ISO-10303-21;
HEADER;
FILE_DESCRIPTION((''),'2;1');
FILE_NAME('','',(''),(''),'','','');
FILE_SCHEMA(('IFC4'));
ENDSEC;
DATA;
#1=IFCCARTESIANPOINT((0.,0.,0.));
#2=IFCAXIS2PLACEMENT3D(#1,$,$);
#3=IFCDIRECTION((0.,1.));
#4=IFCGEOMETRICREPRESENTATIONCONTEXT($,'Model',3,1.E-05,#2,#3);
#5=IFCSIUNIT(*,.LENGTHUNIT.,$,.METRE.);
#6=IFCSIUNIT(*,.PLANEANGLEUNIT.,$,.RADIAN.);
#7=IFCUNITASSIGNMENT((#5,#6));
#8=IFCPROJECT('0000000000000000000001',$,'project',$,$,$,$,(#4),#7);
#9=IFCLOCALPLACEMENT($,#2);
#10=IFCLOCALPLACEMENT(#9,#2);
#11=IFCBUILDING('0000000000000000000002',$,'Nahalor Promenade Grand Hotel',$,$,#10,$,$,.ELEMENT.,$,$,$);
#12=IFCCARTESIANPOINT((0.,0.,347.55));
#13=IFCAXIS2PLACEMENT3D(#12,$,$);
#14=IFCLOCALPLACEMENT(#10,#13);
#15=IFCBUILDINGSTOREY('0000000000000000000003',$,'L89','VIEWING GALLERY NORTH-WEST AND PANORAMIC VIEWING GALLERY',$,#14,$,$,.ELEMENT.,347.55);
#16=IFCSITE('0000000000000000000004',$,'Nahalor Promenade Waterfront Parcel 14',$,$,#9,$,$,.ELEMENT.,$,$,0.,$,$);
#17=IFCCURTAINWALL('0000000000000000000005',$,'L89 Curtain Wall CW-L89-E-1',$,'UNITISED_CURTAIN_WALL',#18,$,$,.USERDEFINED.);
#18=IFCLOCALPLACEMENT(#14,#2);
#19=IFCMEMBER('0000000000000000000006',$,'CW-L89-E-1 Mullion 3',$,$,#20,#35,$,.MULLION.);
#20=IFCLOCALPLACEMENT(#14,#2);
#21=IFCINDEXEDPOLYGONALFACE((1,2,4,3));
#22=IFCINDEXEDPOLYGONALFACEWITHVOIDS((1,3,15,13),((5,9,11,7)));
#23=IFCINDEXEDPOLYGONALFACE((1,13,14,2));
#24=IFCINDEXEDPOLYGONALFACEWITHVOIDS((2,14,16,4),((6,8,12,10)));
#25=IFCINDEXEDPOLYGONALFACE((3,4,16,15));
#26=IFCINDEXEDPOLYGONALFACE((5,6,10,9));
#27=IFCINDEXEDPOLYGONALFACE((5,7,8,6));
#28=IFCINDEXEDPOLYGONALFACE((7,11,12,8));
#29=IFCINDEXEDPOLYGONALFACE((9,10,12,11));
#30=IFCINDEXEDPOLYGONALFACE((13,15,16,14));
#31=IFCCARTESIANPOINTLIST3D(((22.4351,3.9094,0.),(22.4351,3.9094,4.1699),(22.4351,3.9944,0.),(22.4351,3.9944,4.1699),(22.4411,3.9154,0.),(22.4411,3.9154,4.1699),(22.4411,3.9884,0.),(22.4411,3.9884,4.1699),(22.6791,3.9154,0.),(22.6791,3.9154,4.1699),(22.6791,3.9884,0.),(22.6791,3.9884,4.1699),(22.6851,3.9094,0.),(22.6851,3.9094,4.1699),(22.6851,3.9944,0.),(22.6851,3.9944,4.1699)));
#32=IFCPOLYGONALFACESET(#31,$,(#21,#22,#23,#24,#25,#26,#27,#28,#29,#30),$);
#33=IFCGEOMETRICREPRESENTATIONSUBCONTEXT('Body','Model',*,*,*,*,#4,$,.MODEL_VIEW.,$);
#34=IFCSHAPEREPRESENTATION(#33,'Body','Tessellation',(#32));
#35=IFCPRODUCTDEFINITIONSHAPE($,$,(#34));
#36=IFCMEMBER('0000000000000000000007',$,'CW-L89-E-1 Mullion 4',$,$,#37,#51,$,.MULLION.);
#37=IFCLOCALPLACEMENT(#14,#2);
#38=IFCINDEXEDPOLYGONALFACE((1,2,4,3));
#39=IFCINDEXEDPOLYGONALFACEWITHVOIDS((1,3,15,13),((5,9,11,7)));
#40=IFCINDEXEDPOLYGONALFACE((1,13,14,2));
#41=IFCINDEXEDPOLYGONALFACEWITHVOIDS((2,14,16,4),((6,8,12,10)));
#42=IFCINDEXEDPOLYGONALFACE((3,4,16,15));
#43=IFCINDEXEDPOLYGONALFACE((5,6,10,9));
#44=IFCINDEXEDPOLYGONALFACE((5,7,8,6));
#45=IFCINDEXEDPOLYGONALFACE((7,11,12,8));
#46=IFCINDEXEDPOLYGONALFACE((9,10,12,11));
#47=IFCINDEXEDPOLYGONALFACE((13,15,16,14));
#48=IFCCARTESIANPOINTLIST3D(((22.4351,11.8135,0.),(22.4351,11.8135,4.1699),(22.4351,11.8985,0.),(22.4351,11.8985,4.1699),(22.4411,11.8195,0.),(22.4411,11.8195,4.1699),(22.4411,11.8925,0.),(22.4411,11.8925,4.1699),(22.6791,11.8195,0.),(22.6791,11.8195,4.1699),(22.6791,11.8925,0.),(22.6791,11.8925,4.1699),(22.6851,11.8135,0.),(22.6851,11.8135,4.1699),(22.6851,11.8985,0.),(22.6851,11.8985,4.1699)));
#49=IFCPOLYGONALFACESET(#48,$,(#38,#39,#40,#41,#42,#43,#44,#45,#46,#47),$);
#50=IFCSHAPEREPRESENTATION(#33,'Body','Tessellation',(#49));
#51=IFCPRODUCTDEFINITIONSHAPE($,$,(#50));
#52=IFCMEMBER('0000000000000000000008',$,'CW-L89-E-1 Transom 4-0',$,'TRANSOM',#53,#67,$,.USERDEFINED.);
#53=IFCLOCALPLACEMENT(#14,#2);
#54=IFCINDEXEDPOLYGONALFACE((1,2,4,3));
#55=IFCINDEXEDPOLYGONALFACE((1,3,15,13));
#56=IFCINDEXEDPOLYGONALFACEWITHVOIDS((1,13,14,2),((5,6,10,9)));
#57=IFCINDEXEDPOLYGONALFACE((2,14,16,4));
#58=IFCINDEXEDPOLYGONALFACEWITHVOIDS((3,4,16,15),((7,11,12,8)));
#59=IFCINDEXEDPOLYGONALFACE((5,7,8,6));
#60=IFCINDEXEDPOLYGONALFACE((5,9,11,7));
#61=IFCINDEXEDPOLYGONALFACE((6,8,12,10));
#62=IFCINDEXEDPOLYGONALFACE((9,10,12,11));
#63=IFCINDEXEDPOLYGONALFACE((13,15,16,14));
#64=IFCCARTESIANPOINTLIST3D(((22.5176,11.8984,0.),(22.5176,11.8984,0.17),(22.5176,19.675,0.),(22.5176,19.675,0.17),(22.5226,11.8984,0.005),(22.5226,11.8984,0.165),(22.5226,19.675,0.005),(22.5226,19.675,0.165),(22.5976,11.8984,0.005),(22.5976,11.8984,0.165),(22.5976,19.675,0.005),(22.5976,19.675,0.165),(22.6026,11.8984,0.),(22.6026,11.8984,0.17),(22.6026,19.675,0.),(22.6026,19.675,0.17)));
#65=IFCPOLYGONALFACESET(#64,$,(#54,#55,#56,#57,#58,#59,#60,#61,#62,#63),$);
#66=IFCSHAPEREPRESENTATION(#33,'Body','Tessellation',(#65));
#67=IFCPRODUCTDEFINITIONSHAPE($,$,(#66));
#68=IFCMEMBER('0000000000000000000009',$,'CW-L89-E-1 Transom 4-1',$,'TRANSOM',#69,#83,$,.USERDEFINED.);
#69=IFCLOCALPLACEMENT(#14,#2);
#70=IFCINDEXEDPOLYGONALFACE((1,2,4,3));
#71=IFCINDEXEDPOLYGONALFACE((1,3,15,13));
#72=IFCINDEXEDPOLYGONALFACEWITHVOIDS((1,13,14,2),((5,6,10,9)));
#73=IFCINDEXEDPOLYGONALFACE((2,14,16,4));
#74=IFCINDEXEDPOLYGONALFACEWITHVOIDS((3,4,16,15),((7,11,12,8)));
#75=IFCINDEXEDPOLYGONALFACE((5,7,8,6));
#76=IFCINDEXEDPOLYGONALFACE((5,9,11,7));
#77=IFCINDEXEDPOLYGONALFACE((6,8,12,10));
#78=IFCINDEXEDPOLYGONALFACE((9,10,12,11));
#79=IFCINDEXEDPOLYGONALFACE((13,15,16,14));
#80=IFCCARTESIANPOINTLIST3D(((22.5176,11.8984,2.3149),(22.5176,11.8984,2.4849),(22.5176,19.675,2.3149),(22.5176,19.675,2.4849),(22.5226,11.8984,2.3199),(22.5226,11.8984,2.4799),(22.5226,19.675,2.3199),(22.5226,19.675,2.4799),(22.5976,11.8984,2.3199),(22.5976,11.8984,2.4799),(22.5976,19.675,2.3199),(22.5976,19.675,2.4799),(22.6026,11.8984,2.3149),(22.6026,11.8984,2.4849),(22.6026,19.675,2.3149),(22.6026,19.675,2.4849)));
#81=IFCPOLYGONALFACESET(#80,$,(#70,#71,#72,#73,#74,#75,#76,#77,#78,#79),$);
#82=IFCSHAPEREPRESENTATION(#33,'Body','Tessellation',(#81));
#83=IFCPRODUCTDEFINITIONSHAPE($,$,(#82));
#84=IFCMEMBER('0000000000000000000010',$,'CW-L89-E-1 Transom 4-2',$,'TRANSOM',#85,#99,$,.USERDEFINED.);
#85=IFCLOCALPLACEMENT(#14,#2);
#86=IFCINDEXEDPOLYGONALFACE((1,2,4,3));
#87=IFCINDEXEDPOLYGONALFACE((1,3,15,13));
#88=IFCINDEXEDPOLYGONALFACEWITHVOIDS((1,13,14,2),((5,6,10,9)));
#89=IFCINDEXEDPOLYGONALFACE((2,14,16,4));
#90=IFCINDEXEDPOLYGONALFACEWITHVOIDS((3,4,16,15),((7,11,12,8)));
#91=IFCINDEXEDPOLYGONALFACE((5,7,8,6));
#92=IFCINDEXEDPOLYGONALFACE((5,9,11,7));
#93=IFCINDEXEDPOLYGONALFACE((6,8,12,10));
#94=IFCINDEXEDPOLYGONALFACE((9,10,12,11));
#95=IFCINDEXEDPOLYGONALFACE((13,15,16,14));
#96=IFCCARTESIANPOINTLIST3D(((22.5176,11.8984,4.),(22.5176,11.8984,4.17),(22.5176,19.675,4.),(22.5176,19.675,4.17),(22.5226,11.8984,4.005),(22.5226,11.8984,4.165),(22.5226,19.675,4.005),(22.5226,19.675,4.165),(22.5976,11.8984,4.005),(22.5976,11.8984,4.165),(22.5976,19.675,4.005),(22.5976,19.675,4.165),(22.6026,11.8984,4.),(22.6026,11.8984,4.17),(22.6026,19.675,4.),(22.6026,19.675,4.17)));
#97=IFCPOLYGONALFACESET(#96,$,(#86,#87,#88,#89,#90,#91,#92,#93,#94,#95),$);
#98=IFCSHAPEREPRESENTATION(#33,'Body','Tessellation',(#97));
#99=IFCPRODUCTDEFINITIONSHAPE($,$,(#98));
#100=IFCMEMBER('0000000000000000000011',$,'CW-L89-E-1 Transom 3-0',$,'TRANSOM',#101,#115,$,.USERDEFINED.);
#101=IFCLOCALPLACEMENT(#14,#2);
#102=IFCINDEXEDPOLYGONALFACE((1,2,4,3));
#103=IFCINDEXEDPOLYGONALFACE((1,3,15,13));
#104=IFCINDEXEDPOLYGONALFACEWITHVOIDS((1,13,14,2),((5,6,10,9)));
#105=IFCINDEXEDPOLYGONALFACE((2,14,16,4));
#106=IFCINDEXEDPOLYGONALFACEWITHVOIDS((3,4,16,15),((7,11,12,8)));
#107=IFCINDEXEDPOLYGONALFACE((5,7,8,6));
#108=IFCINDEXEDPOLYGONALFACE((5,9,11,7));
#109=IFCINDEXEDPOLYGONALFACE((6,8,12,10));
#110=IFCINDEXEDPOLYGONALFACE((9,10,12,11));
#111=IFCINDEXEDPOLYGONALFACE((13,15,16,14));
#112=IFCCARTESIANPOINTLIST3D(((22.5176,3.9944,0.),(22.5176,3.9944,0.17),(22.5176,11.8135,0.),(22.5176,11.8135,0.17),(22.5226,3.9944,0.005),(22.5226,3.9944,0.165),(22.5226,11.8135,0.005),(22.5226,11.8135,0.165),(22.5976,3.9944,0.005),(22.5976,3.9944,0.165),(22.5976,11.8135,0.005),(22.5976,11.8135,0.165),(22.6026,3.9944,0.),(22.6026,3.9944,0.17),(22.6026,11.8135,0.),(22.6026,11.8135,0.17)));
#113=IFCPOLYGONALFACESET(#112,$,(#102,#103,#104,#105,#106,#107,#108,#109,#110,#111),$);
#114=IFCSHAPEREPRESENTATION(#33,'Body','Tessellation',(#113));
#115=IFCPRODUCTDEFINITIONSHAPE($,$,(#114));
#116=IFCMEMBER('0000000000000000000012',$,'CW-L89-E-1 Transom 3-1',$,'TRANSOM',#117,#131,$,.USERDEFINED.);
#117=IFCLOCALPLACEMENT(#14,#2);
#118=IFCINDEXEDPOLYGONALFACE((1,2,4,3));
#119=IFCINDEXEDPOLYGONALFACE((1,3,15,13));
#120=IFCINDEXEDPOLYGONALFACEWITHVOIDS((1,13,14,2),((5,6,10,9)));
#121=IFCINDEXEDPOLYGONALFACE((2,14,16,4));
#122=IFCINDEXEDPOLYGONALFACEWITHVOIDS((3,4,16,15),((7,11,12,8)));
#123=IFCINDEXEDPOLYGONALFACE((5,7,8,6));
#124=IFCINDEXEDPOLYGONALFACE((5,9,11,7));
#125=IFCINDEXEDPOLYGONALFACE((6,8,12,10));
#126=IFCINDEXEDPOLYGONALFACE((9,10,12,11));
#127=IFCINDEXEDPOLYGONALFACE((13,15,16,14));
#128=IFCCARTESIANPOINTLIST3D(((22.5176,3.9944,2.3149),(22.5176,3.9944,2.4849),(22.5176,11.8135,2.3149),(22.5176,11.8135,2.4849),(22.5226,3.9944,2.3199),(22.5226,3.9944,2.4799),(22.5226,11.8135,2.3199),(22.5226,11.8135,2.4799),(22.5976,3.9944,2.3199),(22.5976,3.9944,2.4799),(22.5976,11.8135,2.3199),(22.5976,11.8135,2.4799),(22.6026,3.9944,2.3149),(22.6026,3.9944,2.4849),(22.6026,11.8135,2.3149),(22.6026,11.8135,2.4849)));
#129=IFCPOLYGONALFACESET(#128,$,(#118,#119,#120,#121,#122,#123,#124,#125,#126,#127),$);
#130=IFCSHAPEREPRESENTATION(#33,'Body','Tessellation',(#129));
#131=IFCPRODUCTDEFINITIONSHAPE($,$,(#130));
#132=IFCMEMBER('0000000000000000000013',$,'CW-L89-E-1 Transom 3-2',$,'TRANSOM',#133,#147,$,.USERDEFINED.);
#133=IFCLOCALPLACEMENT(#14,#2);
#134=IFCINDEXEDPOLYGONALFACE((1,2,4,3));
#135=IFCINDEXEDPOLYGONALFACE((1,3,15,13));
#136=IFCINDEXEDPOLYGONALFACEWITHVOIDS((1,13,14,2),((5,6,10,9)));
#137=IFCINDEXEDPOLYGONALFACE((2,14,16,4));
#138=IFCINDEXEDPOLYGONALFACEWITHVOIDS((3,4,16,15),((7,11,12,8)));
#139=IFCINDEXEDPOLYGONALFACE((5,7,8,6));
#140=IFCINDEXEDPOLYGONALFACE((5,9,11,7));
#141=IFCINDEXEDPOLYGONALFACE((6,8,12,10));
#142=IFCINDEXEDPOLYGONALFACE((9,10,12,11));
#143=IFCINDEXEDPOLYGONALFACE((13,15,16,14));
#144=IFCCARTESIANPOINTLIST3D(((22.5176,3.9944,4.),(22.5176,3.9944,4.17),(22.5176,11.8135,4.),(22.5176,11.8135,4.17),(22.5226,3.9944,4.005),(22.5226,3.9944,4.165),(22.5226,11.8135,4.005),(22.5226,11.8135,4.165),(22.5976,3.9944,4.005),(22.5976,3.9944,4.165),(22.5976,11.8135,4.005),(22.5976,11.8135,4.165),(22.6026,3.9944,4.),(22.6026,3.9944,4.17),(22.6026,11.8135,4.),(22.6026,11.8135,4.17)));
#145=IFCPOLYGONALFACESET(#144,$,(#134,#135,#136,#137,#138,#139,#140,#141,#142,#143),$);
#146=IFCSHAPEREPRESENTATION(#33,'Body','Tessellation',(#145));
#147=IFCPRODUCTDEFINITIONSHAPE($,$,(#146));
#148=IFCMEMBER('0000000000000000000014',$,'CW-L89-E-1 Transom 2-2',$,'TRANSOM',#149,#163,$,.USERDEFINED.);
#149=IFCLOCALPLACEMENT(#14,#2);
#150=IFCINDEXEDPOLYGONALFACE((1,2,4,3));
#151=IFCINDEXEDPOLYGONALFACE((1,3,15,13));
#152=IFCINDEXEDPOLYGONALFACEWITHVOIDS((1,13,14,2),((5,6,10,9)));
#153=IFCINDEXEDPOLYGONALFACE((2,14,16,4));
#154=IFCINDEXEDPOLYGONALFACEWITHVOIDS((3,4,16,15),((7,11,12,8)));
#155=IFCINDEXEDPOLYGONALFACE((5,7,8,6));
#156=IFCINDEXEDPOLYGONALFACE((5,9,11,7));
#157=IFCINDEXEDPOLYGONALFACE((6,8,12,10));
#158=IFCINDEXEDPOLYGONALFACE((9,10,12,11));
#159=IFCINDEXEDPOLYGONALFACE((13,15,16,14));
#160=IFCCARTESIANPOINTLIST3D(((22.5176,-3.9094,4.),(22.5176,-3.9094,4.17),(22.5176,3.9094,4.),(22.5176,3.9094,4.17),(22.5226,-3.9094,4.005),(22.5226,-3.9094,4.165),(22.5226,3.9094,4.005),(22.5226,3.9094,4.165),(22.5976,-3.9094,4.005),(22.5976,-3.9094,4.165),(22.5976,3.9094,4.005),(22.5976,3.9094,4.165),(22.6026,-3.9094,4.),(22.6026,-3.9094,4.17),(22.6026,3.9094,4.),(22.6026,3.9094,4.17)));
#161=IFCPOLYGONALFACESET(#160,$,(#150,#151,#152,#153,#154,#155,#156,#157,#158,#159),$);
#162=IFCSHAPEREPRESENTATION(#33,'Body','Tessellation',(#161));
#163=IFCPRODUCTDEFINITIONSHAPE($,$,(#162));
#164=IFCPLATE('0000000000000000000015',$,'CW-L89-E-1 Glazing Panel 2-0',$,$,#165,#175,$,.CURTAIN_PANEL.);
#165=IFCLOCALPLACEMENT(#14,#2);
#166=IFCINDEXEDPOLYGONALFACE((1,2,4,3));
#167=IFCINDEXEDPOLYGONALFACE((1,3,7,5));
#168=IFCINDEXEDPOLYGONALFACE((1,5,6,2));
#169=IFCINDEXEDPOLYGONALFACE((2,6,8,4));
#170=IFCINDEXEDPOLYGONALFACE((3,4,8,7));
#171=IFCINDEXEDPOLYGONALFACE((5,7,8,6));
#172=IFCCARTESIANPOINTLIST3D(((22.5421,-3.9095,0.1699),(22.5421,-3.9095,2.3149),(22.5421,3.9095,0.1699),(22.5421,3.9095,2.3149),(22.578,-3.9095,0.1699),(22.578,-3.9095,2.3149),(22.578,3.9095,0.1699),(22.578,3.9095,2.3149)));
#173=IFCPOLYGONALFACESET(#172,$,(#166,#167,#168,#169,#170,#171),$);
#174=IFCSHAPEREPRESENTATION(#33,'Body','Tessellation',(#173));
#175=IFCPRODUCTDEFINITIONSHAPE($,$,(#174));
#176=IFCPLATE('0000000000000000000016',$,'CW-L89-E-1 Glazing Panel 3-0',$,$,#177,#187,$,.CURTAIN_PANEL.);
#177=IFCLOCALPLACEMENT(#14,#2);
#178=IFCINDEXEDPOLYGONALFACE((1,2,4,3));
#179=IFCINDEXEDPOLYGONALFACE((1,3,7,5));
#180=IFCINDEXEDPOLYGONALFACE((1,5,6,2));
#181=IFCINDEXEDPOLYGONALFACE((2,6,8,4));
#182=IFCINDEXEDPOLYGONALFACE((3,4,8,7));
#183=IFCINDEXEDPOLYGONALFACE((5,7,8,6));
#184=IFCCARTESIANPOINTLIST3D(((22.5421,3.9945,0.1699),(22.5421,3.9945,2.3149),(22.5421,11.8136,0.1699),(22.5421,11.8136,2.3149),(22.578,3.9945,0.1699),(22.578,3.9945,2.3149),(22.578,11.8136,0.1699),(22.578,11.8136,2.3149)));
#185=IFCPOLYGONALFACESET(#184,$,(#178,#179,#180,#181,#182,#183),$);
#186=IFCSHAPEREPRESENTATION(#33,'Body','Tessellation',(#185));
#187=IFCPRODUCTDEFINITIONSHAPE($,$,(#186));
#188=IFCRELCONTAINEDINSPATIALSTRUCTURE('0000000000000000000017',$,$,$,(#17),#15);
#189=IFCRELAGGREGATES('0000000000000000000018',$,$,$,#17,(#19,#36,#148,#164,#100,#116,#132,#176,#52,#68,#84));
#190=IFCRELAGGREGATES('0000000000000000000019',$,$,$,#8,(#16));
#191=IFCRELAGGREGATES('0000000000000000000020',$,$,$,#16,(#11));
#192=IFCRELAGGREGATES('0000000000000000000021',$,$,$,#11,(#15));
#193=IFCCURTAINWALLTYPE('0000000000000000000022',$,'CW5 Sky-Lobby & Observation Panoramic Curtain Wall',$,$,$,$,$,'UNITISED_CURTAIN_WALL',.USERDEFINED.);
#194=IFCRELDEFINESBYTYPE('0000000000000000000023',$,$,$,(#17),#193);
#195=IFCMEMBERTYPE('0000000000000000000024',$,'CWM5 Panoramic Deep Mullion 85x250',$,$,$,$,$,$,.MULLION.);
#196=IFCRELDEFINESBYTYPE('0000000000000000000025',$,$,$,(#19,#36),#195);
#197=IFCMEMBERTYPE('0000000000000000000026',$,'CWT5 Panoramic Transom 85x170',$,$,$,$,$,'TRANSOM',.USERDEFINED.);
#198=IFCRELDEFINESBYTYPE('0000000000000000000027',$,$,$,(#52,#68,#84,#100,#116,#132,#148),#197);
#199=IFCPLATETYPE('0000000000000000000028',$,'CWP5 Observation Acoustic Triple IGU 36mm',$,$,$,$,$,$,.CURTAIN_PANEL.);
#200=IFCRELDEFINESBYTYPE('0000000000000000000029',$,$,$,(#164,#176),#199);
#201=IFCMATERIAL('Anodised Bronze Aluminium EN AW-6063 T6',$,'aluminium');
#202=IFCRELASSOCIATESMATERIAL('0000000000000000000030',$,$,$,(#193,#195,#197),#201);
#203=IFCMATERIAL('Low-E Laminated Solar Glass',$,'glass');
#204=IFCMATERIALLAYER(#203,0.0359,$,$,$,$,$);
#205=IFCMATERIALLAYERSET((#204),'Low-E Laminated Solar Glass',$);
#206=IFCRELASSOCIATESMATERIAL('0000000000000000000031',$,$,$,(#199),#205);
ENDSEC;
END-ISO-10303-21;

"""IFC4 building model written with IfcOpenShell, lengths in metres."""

from ifc_helpers import new_model, si_unit, direction, frame, origin, origin_2d, place, context, subcontext, project, spatial, rectangle, hollow_rectangle, extrude, source, transform, mapped, material, layer, layer_set, material_profile, profile_set, type_object, element, aggregate, save


model = new_model("IFC4")

# Units and contexts
model_context = context("Model", 3, precision=1e-05, world=origin(), true_north=direction((0.0, 1.0)))
body_context = subcontext(model_context, "Body", "Model", "MODEL_VIEW")
ifc_project = project(units=[si_unit("LENGTHUNIT", "METRE"), si_unit("PLANEANGLEUNIT", "RADIAN")], contexts=[model_context])

# Site, building, storey
site_placement = place(None, origin())
site = spatial("IfcSite", under=ifc_project, at=site_placement, Name="Nahalor Promenade Waterfront Parcel 14", CompositionType="ELEMENT", RefElevation=0.0)
building_placement = place(site_placement, origin())
building = spatial("IfcBuilding", under=site, at=building_placement, Name="Nahalor Promenade Grand Hotel", CompositionType="ELEMENT")
storey_placement = place(building_placement, frame((0.0, 0.0, 347.55)))
storey = spatial("IfcBuildingStorey", under=building, at=storey_placement, Name="L89", Description="VIEWING GALLERY NORTH-WEST AND PANORAMIC VIEWING GALLERY", CompositionType="ELEMENT", Elevation=347.55)

# Curtain wall, members, plates
ifc_material_1 = material(Name="Anodised Bronze Aluminium EN AW-6063 T6", Category="aluminium")
curtain_wall_type = type_object("IfcCurtainWallType", Name="CW5 Sky-Lobby & Observation Panoramic Curtain Wall", ElementType="UNITISED_CURTAIN_WALL", PredefinedType="USERDEFINED", material=ifc_material_1)
curtain_wall_placement = place(storey_placement, origin())
curtain_wall = element("IfcCurtainWall", 1, at=curtain_wall_placement, inside=storey, type_object=curtain_wall_type, Name="L89 Curtain Wall CW-L89-E-1", ObjectType="UNITISED_CURTAIN_WALL", PredefinedType="USERDEFINED")
ifc_material_profile_1 = material_profile(ifc_material_1, hollow_rectangle(XDim=0.085, YDim=0.25, WallThickness=0.006, at=origin_2d()), Name="CWM 85x250x6")
ifc_profile_set_1 = profile_set([ifc_material_profile_1], Name="Anodised Bronze Aluminium EN AW-6063 T6")
member_type_1 = type_object("IfcMemberType", Name="CWM5 Panoramic Deep Mullion 85x250", PredefinedType="MULLION", material=ifc_profile_set_1)
shared_shape_1 = source(origin(), body_context, "Body", "SweptSolid", [
    extrude(hollow_rectangle(XDim=0.085, YDim=0.25, WallThickness=0.006, at=origin_2d()), origin(), (0.0, 0.0, 1.0), 4.1699),
])
member_1_placement = place(storey_placement, frame((22.5601, 3.9519, 0.0), z_axis=(0.0, 0.0, 1.0), x_axis=(0.0, 1.0, 0.0)))
member_1 = element("IfcMember", 2, at=member_1_placement, type_object=member_type_1, Name="CW-L89-E-1 Mullion 3", PredefinedType="MULLION", context=body_context, shape_type="MappedRepresentation", body=[
    mapped(shared_shape_1, transform((0.0, 0.0, 0.0), scale=1.0)),
])
member_2_placement = place(storey_placement, frame((22.5601, 11.856, 0.0), z_axis=(0.0, 0.0, 1.0), x_axis=(0.0, 1.0, 0.0)))
member_2 = element("IfcMember", 3, at=member_2_placement, type_object=member_type_1, Name="CW-L89-E-1 Mullion 4", PredefinedType="MULLION", context=body_context, shape_type="MappedRepresentation", body=[
    mapped(shared_shape_1, transform((0.0, 0.0, 0.0), scale=1.0)),
])
ifc_material_profile_2 = material_profile(ifc_material_1, hollow_rectangle(XDim=0.085, YDim=0.17, WallThickness=0.005, at=origin_2d()), Name="CWT 85x170x5")
ifc_profile_set_2 = profile_set([ifc_material_profile_2], Name="Anodised Bronze Aluminium EN AW-6063 T6")
member_type_2 = type_object("IfcMemberType", Name="CWT5 Panoramic Transom 85x170", ElementType="TRANSOM", PredefinedType="USERDEFINED", material=ifc_profile_set_2)
shared_shape_2 = source(origin(), body_context, "Body", "SweptSolid", [
    extrude(hollow_rectangle(XDim=0.085, YDim=0.17, WallThickness=0.005, at=origin_2d()), origin(), (0.0, 0.0, 1.0), 7.7766),
])
member_3_placement = place(storey_placement, frame((22.5601, 11.8984, 0.085), z_axis=(0.0, 1.0, 0.0), x_axis=(-1.0, 0.0, 0.0)))
member_3 = element("IfcMember", 4, at=member_3_placement, type_object=member_type_2, Name="CW-L89-E-1 Transom 4-0", ObjectType="TRANSOM", PredefinedType="USERDEFINED", context=body_context, shape_type="MappedRepresentation", body=[
    mapped(shared_shape_2, transform((0.0, 0.0, 0.0), scale=1.0)),
])
member_4_placement = place(storey_placement, frame((22.5601, 11.8984, 2.3999), z_axis=(0.0, 1.0, 0.0), x_axis=(-1.0, 0.0, 0.0)))
member_4 = element("IfcMember", 5, at=member_4_placement, type_object=member_type_2, Name="CW-L89-E-1 Transom 4-1", ObjectType="TRANSOM", PredefinedType="USERDEFINED", context=body_context, shape_type="MappedRepresentation", body=[
    mapped(shared_shape_2, transform((0.0, 0.0, 0.0), scale=1.0)),
])
member_5_placement = place(storey_placement, frame((22.5601, 11.8984, 4.085), z_axis=(0.0, 1.0, 0.0), x_axis=(-1.0, 0.0, 0.0)))
member_5 = element("IfcMember", 6, at=member_5_placement, type_object=member_type_2, Name="CW-L89-E-1 Transom 4-2", ObjectType="TRANSOM", PredefinedType="USERDEFINED", context=body_context, shape_type="MappedRepresentation", body=[
    mapped(shared_shape_2, transform((0.0, 0.0, 0.0), scale=1.0)),
])
shared_shape_3 = source(origin(), body_context, "Body", "SweptSolid", [
    extrude(hollow_rectangle(XDim=0.085, YDim=0.17, WallThickness=0.005, at=origin_2d()), origin(), (0.0, 0.0, 1.0), 7.8191),
])
member_6_placement = place(storey_placement, frame((22.5601, 3.9944, 0.085), z_axis=(0.0, 1.0, 0.0), x_axis=(-1.0, 0.0, 0.0)))
member_6 = element("IfcMember", 7, at=member_6_placement, type_object=member_type_2, Name="CW-L89-E-1 Transom 3-0", ObjectType="TRANSOM", PredefinedType="USERDEFINED", context=body_context, shape_type="MappedRepresentation", body=[
    mapped(shared_shape_3, transform((0.0, 0.0, 0.0), scale=1.0)),
])
member_7_placement = place(storey_placement, frame((22.5601, 3.9944, 2.3999), z_axis=(0.0, 1.0, 0.0), x_axis=(-1.0, 0.0, 0.0)))
member_7 = element("IfcMember", 8, at=member_7_placement, type_object=member_type_2, Name="CW-L89-E-1 Transom 3-1", ObjectType="TRANSOM", PredefinedType="USERDEFINED", context=body_context, shape_type="MappedRepresentation", body=[
    mapped(shared_shape_3, transform((0.0, 0.0, 0.0), scale=1.0)),
])
member_8_placement = place(storey_placement, frame((22.5601, 3.9944, 4.085), z_axis=(0.0, 1.0, 0.0), x_axis=(-1.0, 0.0, 0.0)))
member_8 = element("IfcMember", 9, at=member_8_placement, type_object=member_type_2, Name="CW-L89-E-1 Transom 3-2", ObjectType="TRANSOM", PredefinedType="USERDEFINED", context=body_context, shape_type="MappedRepresentation", body=[
    mapped(shared_shape_3, transform((0.0, 0.0, 0.0), scale=1.0)),
])
shared_shape_4 = source(origin(), body_context, "Body", "SweptSolid", [
    extrude(hollow_rectangle(XDim=0.085, YDim=0.17, WallThickness=0.005, at=origin_2d()), origin(), (0.0, 0.0, 1.0), 7.8188),
])
member_9_placement = place(storey_placement, frame((22.5601, -3.9094, 4.085), z_axis=(0.0, 1.0, 0.0), x_axis=(-1.0, 0.0, 0.0)))
member_9 = element("IfcMember", 10, at=member_9_placement, type_object=member_type_2, Name="CW-L89-E-1 Transom 2-2", ObjectType="TRANSOM", PredefinedType="USERDEFINED", context=body_context, shape_type="MappedRepresentation", body=[
    mapped(shared_shape_4, transform((0.0, 0.0, 0.0), scale=1.0)),
])
ifc_material_2 = material(Name="Low-E Laminated Solar Glass", Category="glass")
ifc_layer_1 = layer(ifc_material_2, 0.0359)
ifc_layer_set_1 = layer_set([ifc_layer_1], Name="Low-E Laminated Solar Glass")
plate_type = type_object("IfcPlateType", Name="CWP5 Observation Acoustic Triple IGU 36mm", PredefinedType="CURTAIN_PANEL", material=ifc_layer_set_1)
shared_shape_5 = source(origin(), body_context, "Body", "SweptSolid", [
    extrude(rectangle(XDim=7.8191, YDim=0.0359, at=origin_2d()), origin(), (0.0, 0.0, 1.0), 2.145),
])
plate_1_placement = place(storey_placement, frame((22.5601, 0.0, 0.1699), z_axis=(0.0, 0.0, 1.0), x_axis=(0.0, 1.0, 0.0)))
plate_1 = element("IfcPlate", 11, at=plate_1_placement, type_object=plate_type, Name="CW-L89-E-1 Glazing Panel 2-0", PredefinedType="CURTAIN_PANEL", context=body_context, shape_type="MappedRepresentation", body=[
    mapped(shared_shape_5, transform((0.0, 0.0, 0.0), scale=1.0)),
])
plate_2_placement = place(storey_placement, frame((22.5601, 7.9041, 0.1699), z_axis=(0.0, 0.0, 1.0), x_axis=(0.0, 1.0, 0.0)))
plate_2 = element("IfcPlate", 12, at=plate_2_placement, type_object=plate_type, Name="CW-L89-E-1 Glazing Panel 3-0", PredefinedType="CURTAIN_PANEL", context=body_context, shape_type="MappedRepresentation", body=[
    mapped(shared_shape_5, transform((0.0, 0.0, 0.0), scale=1.0)),
])
aggregate(curtain_wall, [member_1, member_2, member_9, plate_1, member_6, member_7, member_8, plate_2, member_3, member_4, member_5])

save(model, "model.ifc")
